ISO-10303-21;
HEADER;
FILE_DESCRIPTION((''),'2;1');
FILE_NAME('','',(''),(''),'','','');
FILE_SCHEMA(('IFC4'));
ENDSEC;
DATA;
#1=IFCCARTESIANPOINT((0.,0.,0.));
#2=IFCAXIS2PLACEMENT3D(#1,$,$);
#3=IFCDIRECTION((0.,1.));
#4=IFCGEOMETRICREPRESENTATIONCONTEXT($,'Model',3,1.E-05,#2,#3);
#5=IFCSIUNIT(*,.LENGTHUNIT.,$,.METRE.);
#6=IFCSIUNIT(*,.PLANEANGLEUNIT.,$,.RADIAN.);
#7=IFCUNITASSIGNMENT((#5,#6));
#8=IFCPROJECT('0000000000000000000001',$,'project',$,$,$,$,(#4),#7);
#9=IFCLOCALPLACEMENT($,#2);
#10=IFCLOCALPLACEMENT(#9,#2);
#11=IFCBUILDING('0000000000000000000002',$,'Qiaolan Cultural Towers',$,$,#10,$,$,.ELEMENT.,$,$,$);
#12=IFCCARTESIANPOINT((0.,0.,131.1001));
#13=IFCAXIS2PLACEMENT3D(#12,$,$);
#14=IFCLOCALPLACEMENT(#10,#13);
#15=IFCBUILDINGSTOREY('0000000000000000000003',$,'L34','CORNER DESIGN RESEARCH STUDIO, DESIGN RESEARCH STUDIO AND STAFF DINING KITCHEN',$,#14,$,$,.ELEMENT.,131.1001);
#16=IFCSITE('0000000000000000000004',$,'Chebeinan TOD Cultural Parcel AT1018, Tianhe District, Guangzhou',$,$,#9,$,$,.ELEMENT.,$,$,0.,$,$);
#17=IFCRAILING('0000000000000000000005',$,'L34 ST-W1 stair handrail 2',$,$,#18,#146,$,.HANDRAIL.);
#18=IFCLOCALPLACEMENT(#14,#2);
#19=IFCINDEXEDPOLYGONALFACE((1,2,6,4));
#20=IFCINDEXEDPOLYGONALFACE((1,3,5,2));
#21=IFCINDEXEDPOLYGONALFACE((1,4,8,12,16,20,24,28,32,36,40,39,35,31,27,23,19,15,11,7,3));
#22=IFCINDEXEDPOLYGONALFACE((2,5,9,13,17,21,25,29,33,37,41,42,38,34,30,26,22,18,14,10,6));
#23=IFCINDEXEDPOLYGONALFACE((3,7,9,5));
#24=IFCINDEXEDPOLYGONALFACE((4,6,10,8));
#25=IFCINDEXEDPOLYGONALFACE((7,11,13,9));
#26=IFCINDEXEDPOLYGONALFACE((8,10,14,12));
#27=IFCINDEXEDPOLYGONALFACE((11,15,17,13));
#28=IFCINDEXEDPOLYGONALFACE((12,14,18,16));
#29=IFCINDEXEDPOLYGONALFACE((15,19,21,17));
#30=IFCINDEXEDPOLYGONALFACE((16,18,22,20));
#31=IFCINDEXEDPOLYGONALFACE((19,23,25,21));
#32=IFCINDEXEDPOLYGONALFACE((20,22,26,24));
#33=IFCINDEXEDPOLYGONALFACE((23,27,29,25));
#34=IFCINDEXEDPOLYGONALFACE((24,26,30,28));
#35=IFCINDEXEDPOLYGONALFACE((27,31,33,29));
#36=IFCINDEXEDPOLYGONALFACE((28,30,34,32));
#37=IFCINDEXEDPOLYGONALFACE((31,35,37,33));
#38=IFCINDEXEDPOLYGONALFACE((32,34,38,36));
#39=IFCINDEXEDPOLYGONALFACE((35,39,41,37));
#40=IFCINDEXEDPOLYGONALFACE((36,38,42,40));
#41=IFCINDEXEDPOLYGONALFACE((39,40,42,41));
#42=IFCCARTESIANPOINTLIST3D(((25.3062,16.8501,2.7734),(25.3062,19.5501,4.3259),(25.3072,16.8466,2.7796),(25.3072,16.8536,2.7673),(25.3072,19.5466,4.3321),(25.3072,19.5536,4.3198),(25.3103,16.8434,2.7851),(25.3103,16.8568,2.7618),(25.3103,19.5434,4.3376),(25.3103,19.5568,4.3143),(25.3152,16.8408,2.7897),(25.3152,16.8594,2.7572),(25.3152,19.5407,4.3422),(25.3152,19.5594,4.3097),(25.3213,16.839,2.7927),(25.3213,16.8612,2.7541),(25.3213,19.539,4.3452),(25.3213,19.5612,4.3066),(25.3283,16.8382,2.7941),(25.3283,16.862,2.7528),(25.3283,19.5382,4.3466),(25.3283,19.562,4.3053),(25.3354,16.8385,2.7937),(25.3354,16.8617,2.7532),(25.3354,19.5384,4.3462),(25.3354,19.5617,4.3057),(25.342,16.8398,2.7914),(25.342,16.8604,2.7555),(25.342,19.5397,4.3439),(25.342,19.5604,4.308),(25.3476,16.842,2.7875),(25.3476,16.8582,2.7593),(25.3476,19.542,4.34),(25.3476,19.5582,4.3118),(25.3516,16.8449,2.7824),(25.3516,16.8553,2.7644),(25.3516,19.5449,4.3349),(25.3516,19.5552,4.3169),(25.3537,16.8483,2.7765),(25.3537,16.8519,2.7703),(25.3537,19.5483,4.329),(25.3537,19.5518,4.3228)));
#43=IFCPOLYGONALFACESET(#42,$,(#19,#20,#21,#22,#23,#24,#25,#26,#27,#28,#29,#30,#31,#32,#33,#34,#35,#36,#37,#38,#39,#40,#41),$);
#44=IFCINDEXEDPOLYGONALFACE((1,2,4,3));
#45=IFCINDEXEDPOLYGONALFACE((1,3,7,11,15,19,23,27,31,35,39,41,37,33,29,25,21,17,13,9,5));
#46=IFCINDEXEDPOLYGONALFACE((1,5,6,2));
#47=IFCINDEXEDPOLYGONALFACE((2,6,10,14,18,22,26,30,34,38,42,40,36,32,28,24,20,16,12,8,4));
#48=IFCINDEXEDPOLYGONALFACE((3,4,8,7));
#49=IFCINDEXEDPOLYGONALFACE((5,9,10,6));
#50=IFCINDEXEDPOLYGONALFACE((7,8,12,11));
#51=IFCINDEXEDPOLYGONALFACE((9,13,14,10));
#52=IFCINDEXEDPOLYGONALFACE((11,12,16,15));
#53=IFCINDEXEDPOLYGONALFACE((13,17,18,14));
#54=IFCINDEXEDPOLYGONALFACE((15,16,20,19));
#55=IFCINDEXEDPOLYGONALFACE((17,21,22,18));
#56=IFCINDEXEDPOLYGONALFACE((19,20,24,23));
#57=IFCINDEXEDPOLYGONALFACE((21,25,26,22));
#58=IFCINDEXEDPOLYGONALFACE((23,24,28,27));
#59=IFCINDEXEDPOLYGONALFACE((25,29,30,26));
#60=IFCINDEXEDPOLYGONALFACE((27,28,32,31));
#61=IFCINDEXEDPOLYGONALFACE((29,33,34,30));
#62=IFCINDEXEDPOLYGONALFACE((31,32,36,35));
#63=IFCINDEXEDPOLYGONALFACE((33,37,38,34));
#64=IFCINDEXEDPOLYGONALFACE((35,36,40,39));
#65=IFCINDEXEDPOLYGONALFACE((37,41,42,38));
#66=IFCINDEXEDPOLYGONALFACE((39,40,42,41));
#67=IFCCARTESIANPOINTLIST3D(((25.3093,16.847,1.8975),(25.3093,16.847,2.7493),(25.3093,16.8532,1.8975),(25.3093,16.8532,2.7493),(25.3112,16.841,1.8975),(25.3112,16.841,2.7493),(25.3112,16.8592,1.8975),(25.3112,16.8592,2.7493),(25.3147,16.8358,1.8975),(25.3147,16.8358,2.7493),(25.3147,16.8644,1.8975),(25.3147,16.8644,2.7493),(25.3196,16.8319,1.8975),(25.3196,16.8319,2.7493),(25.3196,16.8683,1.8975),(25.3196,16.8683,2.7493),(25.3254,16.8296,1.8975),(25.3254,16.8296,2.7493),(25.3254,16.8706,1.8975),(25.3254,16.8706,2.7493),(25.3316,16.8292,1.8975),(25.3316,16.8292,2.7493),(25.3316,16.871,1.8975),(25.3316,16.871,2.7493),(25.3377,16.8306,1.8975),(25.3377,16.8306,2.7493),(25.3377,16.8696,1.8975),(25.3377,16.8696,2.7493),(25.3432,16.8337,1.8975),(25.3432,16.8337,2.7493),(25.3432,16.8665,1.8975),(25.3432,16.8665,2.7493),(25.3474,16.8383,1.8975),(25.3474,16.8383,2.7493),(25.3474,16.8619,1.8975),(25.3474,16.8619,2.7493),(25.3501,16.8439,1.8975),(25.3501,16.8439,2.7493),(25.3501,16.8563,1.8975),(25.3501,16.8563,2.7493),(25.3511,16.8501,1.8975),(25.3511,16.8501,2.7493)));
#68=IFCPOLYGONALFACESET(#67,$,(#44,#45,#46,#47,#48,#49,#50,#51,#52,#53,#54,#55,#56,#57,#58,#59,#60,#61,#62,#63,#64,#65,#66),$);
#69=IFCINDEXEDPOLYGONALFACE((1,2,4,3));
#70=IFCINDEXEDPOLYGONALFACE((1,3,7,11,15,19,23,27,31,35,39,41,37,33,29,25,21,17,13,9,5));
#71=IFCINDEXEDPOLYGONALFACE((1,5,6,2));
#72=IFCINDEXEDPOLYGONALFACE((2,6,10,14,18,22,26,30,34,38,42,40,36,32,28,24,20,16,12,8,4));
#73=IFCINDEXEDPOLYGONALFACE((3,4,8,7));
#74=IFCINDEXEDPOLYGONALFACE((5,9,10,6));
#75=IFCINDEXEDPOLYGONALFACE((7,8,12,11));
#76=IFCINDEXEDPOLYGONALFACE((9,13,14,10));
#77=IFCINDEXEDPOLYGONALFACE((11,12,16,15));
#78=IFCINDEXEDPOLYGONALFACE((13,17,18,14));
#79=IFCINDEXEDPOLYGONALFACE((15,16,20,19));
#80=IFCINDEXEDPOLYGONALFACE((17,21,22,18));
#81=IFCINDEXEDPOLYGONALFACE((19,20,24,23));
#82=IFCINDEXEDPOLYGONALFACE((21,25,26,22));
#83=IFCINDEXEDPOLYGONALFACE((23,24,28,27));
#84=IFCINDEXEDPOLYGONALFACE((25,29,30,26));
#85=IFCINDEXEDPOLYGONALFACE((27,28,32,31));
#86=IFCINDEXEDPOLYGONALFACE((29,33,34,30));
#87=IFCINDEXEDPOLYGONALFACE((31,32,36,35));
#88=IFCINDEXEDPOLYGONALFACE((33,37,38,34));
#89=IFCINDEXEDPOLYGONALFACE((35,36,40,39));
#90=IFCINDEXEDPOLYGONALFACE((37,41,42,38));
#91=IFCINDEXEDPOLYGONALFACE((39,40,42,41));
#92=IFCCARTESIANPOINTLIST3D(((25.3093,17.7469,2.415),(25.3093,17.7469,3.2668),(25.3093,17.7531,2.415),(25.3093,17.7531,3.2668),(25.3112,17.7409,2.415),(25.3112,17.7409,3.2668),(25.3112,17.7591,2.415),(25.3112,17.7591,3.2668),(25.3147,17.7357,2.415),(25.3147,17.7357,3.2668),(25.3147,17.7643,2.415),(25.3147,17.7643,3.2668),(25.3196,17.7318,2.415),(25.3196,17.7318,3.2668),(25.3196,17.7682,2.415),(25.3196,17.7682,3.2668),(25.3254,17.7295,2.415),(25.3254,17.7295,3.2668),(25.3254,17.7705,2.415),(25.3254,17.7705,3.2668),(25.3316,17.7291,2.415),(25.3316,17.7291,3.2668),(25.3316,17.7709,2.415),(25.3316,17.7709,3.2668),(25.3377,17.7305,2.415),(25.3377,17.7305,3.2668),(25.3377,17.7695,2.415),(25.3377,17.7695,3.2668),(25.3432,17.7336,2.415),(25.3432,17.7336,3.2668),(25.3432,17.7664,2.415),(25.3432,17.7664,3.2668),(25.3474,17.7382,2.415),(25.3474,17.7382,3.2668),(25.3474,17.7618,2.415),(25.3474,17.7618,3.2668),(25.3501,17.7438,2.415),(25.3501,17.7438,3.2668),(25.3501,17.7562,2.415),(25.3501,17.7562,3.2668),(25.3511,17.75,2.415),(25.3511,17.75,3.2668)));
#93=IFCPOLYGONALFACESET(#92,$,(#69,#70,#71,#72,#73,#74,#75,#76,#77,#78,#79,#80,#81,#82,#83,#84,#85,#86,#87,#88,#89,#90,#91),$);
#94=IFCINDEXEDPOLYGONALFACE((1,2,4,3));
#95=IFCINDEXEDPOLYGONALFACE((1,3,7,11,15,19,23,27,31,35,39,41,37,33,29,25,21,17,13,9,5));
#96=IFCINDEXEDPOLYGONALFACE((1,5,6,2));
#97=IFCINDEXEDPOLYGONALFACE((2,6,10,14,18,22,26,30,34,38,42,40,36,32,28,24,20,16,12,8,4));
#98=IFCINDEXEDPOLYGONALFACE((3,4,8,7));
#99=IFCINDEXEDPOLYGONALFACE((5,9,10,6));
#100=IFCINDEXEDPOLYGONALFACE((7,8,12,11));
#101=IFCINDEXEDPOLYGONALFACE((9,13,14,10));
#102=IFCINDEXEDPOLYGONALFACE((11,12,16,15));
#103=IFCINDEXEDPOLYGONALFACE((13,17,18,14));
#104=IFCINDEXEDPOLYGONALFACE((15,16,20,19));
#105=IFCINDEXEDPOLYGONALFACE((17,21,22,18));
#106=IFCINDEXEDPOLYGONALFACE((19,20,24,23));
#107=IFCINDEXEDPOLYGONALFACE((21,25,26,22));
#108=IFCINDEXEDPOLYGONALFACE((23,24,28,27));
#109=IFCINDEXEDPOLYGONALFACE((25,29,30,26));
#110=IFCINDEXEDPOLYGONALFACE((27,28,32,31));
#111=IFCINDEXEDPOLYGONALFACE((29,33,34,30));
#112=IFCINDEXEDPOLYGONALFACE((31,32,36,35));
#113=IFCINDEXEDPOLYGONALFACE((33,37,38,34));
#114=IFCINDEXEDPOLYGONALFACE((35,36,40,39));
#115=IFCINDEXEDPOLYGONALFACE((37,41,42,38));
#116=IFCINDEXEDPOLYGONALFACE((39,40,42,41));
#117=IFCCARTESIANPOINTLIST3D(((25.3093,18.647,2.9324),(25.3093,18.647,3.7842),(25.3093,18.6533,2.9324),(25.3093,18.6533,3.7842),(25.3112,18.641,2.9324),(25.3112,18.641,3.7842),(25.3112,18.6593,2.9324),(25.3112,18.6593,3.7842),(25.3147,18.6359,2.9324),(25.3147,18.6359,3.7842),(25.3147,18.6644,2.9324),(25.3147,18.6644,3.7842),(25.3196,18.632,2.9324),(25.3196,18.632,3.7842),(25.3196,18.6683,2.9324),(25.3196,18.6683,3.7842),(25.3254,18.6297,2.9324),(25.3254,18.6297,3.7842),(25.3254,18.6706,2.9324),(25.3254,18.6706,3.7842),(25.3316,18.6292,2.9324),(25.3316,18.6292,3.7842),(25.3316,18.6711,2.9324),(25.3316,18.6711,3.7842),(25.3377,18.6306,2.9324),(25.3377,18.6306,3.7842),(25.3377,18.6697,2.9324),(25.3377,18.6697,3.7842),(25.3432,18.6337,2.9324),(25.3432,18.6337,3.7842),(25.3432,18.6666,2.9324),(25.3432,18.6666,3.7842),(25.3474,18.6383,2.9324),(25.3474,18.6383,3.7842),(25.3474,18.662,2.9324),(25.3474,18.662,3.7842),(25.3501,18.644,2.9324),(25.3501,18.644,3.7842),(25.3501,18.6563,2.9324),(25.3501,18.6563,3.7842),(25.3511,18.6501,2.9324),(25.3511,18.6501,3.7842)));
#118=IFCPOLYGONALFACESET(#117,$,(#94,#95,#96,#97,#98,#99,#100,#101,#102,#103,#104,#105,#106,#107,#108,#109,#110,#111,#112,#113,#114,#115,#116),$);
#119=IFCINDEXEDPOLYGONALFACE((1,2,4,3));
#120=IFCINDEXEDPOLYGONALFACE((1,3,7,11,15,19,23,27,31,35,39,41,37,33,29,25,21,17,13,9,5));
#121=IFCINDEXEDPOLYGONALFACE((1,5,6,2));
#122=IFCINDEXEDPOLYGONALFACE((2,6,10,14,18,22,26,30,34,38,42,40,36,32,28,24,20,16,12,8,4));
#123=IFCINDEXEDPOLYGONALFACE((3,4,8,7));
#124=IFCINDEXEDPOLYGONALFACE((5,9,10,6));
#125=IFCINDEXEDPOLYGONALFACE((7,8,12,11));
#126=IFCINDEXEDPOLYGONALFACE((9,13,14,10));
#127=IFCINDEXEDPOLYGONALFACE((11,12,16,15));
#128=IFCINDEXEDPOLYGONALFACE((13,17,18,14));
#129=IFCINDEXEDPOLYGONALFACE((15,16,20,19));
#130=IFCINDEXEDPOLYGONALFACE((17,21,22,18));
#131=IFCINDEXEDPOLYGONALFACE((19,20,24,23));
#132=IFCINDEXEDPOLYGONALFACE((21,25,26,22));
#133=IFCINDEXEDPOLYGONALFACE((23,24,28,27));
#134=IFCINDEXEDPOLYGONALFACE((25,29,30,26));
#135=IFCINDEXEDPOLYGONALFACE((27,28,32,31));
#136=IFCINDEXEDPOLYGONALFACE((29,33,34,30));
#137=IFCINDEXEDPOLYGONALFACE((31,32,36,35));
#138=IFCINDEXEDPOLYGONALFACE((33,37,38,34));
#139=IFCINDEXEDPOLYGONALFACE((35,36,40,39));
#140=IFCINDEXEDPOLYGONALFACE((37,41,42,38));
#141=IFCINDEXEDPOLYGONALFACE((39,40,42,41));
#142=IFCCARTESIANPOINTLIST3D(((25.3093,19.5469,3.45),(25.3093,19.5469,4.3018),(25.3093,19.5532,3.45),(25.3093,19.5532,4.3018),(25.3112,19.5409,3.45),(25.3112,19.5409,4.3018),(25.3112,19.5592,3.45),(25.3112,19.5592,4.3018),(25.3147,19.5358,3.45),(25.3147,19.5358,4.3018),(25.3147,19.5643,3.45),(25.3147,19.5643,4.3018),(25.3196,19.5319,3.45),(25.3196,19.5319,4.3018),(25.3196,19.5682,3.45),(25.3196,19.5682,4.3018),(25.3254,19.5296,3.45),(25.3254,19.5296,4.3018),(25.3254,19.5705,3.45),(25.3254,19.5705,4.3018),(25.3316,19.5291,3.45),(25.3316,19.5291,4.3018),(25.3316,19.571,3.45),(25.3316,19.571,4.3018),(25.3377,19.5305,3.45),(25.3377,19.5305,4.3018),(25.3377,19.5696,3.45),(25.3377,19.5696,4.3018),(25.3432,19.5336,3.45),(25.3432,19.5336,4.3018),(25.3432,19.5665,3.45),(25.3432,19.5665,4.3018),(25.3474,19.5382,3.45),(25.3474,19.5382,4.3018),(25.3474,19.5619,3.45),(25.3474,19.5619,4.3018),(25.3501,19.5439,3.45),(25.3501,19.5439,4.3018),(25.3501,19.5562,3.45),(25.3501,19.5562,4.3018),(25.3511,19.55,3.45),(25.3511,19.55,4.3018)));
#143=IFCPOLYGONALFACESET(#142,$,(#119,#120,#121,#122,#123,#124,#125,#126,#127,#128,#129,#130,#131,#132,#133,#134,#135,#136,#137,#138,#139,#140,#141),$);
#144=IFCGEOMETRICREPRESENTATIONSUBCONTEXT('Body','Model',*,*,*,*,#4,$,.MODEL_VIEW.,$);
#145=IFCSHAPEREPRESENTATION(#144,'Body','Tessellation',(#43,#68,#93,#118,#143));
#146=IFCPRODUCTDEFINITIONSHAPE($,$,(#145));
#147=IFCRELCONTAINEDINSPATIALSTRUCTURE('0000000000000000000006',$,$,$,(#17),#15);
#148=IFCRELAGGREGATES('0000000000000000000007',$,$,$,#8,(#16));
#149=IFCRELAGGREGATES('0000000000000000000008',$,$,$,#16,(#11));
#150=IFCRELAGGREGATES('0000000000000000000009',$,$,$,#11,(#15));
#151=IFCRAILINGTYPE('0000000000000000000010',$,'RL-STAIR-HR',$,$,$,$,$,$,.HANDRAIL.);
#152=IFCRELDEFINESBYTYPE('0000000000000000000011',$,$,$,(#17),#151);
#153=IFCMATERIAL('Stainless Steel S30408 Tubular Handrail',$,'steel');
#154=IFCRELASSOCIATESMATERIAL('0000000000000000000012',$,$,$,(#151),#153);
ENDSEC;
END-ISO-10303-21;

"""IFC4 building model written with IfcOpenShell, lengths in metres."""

from ifc_helpers import new_model, si_unit, direction, frame, origin, origin_2d, place, context, subcontext, project, spatial, circle, extrude, material, type_object, element, save


model = new_model("IFC4")

# Units and contexts
model_context = context("Model", 3, precision=1e-05, world=origin(), true_north=direction((0.0, 1.0)))
body_context = subcontext(model_context, "Body", "Model", "MODEL_VIEW")
ifc_project = project(units=[si_unit("LENGTHUNIT", "METRE"), si_unit("PLANEANGLEUNIT", "RADIAN")], contexts=[model_context])

# Site, building, storey
site_placement = place(None, origin())
site = spatial("IfcSite", under=ifc_project, at=site_placement, Name="Chebeinan TOD Cultural Parcel AT1018, Tianhe District, Guangzhou", CompositionType="ELEMENT", RefElevation=0.0)
building_placement = place(site_placement, origin())
building = spatial("IfcBuilding", under=site, at=building_placement, Name="Qiaolan Cultural Towers", CompositionType="ELEMENT")
storey_placement = place(building_placement, frame((0.0, 0.0, 131.1001)))
storey = spatial("IfcBuildingStorey", under=building, at=storey_placement, Name="L34", Description="CORNER DESIGN RESEARCH STUDIO, DESIGN RESEARCH STUDIO AND STAFF DINING KITCHEN", CompositionType="ELEMENT", Elevation=131.1001)

# Railing
ifc_material_1 = material(Name="Stainless Steel S30408 Tubular Handrail", Category="steel")
railing_type_1 = type_object("IfcRailingType", Name="RL-STAIR-HR", PredefinedType="HANDRAIL", material=ifc_material_1)
railing_1_placement = place(storey_placement, frame((25.3301, 16.8501, 1.8975)))
element("IfcRailing", 1, at=railing_1_placement, inside=storey, type_object=railing_type_1, Name="L34 ST-W1 stair handrail 2", PredefinedType="HANDRAIL", context=body_context, shape_type="SweptSolid", body=[
    extrude(circle(Radius=0.0239, at=origin_2d()), frame((0.0, 0.0, 0.876), z_axis=(0.0, 0.866904, 0.498476), x_axis=(-1.0, 0.0, 0.0)), (0.0, 0.0, 1.0), 3.1145),
    extrude(circle(Radius=0.021, at=origin_2d()), origin(), (0.0, 0.0, 1.0), 0.8518),
    extrude(circle(Radius=0.021, at=origin_2d()), frame((0.0, 0.8999, 0.5176)), (0.0, 0.0, 1.0), 0.8518),
    extrude(circle(Radius=0.021, at=origin_2d()), frame((0.0, 1.8, 1.0349)), (0.0, 0.0, 1.0), 0.8518),
    extrude(circle(Radius=0.021, at=origin_2d()), frame((0.0, 2.7, 1.5525)), (0.0, 0.0, 1.0), 0.8518),
])

save(model, "model.ifc")
